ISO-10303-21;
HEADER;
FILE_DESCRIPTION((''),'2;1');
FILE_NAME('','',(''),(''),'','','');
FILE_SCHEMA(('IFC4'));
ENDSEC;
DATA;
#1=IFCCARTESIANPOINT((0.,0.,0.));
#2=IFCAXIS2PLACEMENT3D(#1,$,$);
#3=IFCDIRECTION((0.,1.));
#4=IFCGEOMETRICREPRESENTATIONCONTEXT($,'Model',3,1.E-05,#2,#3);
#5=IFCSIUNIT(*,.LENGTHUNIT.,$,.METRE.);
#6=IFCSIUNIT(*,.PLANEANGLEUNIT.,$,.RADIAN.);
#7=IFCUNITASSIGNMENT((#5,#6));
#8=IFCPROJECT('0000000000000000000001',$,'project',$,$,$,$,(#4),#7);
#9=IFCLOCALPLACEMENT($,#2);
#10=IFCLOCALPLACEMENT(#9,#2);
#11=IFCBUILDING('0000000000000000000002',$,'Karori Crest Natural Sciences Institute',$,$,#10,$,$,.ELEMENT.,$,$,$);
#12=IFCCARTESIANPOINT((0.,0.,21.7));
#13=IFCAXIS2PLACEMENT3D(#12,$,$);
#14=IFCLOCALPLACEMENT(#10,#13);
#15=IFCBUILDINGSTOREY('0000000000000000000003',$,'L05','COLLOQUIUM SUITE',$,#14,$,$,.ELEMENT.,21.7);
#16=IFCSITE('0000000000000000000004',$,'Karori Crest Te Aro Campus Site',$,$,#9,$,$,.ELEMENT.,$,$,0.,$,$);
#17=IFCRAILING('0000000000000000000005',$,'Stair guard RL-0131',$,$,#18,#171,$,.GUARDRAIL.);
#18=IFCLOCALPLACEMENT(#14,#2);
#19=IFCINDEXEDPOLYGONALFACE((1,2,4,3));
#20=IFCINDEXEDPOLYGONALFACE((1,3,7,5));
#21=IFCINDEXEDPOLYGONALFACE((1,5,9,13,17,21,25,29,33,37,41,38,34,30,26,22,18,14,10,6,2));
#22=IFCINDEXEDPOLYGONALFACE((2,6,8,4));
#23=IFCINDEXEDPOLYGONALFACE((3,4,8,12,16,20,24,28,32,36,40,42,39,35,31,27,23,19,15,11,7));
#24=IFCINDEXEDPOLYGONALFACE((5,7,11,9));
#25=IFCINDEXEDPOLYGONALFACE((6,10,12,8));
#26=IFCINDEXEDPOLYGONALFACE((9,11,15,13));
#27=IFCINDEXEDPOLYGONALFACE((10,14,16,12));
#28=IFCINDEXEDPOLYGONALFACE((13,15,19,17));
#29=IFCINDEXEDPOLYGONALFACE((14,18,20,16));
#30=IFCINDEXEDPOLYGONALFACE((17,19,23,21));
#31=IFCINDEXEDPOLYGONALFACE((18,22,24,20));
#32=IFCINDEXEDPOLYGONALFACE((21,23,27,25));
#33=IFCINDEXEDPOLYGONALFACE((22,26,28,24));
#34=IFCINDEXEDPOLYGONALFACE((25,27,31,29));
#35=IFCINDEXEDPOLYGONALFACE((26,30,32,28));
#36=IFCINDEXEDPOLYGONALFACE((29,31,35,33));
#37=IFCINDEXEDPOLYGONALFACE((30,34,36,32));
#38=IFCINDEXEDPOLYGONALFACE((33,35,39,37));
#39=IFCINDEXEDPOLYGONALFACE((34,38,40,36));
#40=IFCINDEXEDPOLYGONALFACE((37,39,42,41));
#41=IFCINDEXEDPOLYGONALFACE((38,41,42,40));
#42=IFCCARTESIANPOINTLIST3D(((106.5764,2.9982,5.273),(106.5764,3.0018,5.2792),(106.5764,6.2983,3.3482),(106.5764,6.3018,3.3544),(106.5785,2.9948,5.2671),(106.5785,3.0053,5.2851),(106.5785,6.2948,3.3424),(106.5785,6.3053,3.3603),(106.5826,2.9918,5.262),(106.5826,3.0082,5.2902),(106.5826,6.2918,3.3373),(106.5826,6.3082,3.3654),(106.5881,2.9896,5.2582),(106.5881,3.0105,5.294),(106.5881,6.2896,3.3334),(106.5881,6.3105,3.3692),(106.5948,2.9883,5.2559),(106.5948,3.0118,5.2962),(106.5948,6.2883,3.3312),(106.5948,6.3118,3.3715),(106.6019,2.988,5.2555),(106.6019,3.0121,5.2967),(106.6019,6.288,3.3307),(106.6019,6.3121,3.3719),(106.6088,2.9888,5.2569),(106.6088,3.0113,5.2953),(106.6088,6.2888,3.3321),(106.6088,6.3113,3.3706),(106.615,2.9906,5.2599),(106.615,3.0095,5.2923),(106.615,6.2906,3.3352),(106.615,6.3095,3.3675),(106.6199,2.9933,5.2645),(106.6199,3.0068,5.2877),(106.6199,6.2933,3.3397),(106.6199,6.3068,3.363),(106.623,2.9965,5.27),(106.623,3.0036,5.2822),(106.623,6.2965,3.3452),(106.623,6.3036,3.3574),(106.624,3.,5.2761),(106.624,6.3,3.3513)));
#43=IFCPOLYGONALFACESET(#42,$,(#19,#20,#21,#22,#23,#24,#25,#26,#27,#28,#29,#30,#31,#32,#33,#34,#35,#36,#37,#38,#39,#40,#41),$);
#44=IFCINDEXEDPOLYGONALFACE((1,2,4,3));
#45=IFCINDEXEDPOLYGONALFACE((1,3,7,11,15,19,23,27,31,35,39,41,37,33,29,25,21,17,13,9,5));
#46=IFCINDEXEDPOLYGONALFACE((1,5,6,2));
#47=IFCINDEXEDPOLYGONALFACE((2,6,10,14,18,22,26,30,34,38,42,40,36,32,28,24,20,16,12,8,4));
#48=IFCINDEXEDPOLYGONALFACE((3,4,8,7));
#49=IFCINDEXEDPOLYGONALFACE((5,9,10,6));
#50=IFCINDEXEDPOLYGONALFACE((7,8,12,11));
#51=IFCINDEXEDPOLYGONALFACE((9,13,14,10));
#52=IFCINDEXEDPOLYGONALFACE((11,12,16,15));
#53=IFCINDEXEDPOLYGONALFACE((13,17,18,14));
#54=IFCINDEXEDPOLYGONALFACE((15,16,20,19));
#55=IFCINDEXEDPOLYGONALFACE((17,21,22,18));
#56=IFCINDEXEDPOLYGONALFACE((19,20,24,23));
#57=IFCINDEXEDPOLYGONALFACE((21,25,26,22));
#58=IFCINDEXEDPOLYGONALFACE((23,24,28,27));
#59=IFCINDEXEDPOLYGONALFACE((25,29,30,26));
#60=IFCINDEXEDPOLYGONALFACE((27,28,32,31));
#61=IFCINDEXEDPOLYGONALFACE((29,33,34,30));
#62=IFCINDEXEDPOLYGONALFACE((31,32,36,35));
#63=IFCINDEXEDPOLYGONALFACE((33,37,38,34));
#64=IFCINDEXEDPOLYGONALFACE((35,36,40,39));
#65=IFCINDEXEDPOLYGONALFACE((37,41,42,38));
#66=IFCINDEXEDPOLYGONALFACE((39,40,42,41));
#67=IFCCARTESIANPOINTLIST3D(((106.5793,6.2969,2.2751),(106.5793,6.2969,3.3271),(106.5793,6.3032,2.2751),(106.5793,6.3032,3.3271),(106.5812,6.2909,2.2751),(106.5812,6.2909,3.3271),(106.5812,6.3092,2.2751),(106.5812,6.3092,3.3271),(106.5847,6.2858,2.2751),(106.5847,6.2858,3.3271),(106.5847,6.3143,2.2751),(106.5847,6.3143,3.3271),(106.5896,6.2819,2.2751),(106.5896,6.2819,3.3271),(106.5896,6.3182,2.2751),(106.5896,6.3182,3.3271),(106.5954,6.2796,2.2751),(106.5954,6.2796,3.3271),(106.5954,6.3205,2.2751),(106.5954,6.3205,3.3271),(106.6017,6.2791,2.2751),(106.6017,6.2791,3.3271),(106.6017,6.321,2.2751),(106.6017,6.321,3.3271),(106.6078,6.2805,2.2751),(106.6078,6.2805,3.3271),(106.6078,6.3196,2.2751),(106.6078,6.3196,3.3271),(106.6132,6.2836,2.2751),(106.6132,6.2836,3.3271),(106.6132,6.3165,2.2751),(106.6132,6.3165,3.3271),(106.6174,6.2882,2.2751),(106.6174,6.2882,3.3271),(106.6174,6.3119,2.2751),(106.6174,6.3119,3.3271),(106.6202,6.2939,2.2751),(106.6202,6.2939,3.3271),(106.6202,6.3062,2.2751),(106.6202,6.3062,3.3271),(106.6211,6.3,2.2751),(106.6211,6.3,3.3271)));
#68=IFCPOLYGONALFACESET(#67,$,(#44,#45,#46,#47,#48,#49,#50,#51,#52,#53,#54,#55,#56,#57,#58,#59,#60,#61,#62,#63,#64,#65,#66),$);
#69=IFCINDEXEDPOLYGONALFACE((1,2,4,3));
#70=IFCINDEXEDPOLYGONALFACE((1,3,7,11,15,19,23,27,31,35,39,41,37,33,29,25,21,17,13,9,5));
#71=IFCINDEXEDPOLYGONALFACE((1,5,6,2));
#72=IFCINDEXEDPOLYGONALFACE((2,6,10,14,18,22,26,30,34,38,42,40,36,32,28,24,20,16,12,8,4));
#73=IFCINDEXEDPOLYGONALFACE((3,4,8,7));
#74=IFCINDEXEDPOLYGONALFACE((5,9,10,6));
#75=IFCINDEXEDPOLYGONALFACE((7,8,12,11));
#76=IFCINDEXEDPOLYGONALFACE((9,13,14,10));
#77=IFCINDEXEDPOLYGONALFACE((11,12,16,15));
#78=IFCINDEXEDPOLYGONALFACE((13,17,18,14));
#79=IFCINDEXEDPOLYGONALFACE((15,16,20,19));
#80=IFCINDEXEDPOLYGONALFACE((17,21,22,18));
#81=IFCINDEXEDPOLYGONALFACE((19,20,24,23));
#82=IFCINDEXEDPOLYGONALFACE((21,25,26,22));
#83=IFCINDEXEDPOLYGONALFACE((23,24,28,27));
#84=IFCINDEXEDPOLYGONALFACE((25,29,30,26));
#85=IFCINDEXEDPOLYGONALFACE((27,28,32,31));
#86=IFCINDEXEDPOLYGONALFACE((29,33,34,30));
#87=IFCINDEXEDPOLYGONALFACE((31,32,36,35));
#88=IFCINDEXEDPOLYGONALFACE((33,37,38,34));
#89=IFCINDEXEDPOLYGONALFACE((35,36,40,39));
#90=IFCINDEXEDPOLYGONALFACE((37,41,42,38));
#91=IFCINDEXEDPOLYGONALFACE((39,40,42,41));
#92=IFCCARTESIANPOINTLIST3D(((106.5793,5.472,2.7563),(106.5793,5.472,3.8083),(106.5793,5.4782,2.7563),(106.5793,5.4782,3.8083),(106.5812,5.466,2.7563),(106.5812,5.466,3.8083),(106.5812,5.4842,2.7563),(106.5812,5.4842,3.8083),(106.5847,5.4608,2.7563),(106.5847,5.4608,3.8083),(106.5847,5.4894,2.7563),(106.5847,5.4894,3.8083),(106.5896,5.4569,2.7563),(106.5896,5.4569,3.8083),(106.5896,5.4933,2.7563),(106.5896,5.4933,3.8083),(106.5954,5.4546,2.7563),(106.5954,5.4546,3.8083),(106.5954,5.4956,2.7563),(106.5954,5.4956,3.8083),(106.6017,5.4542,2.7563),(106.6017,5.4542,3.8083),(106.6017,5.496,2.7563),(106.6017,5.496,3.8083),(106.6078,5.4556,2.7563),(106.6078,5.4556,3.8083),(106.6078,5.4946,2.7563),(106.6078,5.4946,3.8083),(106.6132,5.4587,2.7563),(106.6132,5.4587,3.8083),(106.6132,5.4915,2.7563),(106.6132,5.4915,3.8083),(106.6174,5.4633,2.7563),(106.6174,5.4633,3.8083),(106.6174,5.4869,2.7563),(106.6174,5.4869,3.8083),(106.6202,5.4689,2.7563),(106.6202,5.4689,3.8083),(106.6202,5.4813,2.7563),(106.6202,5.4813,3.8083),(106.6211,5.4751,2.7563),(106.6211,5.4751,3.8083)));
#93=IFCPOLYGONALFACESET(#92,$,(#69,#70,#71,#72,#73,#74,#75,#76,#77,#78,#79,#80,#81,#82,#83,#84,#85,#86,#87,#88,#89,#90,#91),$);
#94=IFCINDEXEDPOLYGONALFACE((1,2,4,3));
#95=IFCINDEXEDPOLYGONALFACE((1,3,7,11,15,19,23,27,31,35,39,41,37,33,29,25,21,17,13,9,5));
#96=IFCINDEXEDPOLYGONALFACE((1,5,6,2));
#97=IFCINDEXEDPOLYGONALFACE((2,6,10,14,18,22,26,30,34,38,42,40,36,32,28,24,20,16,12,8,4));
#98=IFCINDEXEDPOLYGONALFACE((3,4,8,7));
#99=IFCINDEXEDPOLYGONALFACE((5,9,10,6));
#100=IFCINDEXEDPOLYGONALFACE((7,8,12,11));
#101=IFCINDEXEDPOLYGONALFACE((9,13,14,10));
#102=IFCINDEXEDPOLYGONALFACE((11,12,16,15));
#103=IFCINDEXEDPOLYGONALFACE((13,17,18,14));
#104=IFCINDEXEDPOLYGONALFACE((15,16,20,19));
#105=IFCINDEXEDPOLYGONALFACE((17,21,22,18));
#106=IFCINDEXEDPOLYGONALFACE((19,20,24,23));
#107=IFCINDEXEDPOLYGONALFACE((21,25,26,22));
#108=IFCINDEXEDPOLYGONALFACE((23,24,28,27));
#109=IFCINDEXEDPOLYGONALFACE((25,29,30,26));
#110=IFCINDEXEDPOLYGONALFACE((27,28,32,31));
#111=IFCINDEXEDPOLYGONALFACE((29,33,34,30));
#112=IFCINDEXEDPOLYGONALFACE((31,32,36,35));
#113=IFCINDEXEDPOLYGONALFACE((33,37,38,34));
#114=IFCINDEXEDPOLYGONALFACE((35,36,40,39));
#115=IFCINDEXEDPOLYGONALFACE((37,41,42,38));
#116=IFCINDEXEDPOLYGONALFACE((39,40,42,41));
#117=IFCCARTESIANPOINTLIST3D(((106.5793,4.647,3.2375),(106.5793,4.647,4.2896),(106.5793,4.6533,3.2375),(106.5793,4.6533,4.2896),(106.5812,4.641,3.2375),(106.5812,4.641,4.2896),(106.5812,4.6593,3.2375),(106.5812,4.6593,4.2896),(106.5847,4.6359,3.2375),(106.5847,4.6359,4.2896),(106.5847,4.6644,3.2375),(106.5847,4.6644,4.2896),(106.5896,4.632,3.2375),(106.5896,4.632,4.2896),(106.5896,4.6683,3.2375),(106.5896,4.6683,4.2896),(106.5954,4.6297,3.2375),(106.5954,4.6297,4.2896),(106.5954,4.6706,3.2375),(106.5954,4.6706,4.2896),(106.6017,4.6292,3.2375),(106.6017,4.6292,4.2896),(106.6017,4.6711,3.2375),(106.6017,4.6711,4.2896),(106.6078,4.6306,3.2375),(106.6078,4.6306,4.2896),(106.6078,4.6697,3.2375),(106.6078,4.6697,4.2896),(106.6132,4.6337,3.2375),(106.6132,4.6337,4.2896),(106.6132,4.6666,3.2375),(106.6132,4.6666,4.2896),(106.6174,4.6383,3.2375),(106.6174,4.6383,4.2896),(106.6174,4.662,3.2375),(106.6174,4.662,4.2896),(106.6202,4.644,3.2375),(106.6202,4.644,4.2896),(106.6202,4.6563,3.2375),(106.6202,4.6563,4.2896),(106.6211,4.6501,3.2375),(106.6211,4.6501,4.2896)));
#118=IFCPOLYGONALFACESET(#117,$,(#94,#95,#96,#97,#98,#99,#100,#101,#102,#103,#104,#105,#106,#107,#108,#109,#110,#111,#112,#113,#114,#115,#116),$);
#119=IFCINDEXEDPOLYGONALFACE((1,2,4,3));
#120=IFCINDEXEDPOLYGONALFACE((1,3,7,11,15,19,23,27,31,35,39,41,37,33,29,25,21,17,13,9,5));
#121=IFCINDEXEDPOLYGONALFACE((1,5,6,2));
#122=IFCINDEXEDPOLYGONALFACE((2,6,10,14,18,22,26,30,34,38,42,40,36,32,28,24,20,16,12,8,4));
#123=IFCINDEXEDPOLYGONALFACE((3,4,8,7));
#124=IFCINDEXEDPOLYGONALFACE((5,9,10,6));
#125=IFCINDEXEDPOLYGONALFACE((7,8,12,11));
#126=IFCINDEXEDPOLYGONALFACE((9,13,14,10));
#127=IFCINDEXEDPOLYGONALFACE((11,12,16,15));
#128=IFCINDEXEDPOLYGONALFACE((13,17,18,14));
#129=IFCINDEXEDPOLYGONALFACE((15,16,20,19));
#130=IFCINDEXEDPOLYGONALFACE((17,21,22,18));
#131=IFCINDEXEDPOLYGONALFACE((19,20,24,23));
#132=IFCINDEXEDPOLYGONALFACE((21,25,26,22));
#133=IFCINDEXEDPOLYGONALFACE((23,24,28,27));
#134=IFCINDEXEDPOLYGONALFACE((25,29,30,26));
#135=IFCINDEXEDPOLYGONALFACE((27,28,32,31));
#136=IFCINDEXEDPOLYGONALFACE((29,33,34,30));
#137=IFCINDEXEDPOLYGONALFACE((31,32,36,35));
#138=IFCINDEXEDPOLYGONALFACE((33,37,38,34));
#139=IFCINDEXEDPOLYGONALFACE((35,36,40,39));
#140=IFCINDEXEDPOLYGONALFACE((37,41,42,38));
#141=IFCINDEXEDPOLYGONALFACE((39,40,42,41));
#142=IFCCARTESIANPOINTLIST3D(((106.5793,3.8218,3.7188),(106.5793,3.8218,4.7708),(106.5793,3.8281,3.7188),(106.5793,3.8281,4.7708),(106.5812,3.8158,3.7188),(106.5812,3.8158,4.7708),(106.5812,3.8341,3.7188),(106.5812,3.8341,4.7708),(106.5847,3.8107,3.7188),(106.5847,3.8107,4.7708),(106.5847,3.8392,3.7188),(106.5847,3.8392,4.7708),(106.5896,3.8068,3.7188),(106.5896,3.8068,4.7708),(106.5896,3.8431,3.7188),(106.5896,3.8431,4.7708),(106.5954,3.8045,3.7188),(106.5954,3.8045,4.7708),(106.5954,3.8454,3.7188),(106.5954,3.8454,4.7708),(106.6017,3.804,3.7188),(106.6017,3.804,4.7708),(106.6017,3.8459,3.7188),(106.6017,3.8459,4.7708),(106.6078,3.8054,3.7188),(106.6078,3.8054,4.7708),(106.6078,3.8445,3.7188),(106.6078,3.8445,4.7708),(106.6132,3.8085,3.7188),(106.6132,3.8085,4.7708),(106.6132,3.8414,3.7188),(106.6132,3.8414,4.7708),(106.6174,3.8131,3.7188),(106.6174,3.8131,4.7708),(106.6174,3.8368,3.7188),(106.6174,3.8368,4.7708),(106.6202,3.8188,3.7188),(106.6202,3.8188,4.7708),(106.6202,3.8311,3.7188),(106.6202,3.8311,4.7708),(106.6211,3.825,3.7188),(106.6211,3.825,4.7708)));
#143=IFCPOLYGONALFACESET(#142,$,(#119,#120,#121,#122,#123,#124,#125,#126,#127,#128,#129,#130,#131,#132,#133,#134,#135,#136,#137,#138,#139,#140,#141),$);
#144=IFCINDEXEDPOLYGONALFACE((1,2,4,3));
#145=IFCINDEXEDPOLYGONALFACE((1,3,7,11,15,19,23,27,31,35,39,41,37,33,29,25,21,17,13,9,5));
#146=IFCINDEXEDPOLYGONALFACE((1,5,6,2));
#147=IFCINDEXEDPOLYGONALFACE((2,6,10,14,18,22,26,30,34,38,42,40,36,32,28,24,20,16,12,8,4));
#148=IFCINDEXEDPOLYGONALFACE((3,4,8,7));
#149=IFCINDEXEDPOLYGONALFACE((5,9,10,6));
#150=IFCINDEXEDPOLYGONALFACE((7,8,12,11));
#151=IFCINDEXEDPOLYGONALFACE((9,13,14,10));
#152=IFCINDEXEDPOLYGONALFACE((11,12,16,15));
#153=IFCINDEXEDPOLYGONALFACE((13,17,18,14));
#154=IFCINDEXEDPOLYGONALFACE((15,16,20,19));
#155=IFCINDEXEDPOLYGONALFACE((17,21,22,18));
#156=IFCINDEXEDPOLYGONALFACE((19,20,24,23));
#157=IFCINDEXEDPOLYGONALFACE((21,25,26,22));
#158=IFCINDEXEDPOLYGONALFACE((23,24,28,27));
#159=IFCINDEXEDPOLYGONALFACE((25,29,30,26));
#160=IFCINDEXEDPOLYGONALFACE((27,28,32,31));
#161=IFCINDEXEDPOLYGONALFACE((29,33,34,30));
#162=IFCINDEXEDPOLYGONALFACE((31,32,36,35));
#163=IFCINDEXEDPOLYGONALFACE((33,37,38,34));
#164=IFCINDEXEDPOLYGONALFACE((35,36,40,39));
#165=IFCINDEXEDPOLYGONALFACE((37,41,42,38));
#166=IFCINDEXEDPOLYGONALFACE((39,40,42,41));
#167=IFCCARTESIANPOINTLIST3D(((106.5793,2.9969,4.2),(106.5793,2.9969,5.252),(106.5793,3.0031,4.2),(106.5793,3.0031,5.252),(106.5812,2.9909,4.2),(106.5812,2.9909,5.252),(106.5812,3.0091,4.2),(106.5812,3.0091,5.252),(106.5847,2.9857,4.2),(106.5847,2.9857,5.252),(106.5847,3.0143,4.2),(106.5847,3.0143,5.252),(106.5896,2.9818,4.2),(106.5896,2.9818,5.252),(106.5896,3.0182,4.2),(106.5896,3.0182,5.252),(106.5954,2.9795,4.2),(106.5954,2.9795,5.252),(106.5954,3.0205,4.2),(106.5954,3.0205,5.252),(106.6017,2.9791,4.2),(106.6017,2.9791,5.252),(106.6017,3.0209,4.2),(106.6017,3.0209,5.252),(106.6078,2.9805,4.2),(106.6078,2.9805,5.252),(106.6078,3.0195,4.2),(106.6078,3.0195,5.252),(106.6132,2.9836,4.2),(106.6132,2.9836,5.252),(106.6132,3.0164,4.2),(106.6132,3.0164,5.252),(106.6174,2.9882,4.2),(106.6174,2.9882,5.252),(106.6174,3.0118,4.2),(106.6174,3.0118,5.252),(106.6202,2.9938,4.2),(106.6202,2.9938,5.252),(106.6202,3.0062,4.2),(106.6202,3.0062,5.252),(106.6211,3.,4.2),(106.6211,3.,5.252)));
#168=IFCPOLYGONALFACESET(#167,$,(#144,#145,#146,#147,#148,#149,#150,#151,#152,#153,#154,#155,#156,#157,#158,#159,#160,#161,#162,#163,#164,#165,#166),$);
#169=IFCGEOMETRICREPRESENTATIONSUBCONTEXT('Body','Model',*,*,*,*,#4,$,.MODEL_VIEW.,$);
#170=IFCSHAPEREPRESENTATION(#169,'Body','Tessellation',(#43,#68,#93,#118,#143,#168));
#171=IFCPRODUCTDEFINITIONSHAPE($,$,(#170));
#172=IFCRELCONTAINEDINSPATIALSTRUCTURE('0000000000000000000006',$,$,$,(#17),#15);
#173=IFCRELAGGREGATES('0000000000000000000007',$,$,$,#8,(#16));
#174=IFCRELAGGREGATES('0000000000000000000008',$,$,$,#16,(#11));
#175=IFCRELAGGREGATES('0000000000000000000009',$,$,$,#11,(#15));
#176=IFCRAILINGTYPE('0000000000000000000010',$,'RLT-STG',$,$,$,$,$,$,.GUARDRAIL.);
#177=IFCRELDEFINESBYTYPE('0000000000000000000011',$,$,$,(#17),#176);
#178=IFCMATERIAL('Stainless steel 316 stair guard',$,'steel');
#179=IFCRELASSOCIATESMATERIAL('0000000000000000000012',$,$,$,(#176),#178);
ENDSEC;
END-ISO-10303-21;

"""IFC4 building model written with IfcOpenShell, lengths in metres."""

from ifc_helpers import new_model, si_unit, direction, frame, origin, origin_2d, place, context, subcontext, project, spatial, circle, extrude, material, type_object, element, save


model = new_model("IFC4")

# Units and contexts
model_context = context("Model", 3, precision=1e-05, world=origin(), true_north=direction((0.0, 1.0)))
body_context = subcontext(model_context, "Body", "Model", "MODEL_VIEW")
ifc_project = project(units=[si_unit("LENGTHUNIT", "METRE"), si_unit("PLANEANGLEUNIT", "RADIAN")], contexts=[model_context])

# Site, building, storey
site_placement = place(None, origin())
site = spatial("IfcSite", under=ifc_project, at=site_placement, Name="Karori Crest Te Aro Campus Site", CompositionType="ELEMENT", RefElevation=0.0)
building_placement = place(site_placement, origin())
building = spatial("IfcBuilding", under=site, at=building_placement, Name="Karori Crest Natural Sciences Institute", CompositionType="ELEMENT")
storey_placement = place(building_placement, frame((0.0, 0.0, 21.7)))
storey = spatial("IfcBuildingStorey", under=building, at=storey_placement, Name="L05", Description="COLLOQUIUM SUITE", CompositionType="ELEMENT", Elevation=21.7)

# Railing
ifc_material_1 = material(Name="Stainless steel 316 stair guard", Category="steel")
railing_type_1 = type_object("IfcRailingType", Name="RLT-STG", PredefinedType="GUARDRAIL", material=ifc_material_1)
railing_1_placement = place(storey_placement, frame((106.6001, 6.3, 2.2751)))
element("IfcRailing", 1, at=railing_1_placement, inside=storey, type_object=railing_type_1, Name="Stair guard RL-0131", PredefinedType="GUARDRAIL", context=body_context, shape_type="SweptSolid", body=[
    extrude(circle(Radius=0.0239, at=origin_2d()), frame((0.0, 0.0, 1.0762), z_axis=(0.0, -0.863804, 0.503827), x_axis=(1.0, 0.0, 0.0)), (0.0, 0.0, 1.0), 3.8203),
    extrude(circle(Radius=0.021, at=origin_2d()), origin(), (0.0, 0.0, 1.0), 1.052),
    extrude(circle(Radius=0.021, at=origin_2d()), frame((0.0, -0.825, 0.4812)), (0.0, 0.0, 1.0), 1.052),
    extrude(circle(Radius=0.021, at=origin_2d()), frame((0.0, -1.6499, 0.9624)), (0.0, 0.0, 1.0), 1.052),
    extrude(circle(Radius=0.021, at=origin_2d()), frame((0.0, -2.4751, 1.4436)), (0.0, 0.0, 1.0), 1.052),
    extrude(circle(Radius=0.021, at=origin_2d()), frame((0.0, -3.3, 1.9248)), (0.0, 0.0, 1.0), 1.052),
])

save(model, "model.ifc")
